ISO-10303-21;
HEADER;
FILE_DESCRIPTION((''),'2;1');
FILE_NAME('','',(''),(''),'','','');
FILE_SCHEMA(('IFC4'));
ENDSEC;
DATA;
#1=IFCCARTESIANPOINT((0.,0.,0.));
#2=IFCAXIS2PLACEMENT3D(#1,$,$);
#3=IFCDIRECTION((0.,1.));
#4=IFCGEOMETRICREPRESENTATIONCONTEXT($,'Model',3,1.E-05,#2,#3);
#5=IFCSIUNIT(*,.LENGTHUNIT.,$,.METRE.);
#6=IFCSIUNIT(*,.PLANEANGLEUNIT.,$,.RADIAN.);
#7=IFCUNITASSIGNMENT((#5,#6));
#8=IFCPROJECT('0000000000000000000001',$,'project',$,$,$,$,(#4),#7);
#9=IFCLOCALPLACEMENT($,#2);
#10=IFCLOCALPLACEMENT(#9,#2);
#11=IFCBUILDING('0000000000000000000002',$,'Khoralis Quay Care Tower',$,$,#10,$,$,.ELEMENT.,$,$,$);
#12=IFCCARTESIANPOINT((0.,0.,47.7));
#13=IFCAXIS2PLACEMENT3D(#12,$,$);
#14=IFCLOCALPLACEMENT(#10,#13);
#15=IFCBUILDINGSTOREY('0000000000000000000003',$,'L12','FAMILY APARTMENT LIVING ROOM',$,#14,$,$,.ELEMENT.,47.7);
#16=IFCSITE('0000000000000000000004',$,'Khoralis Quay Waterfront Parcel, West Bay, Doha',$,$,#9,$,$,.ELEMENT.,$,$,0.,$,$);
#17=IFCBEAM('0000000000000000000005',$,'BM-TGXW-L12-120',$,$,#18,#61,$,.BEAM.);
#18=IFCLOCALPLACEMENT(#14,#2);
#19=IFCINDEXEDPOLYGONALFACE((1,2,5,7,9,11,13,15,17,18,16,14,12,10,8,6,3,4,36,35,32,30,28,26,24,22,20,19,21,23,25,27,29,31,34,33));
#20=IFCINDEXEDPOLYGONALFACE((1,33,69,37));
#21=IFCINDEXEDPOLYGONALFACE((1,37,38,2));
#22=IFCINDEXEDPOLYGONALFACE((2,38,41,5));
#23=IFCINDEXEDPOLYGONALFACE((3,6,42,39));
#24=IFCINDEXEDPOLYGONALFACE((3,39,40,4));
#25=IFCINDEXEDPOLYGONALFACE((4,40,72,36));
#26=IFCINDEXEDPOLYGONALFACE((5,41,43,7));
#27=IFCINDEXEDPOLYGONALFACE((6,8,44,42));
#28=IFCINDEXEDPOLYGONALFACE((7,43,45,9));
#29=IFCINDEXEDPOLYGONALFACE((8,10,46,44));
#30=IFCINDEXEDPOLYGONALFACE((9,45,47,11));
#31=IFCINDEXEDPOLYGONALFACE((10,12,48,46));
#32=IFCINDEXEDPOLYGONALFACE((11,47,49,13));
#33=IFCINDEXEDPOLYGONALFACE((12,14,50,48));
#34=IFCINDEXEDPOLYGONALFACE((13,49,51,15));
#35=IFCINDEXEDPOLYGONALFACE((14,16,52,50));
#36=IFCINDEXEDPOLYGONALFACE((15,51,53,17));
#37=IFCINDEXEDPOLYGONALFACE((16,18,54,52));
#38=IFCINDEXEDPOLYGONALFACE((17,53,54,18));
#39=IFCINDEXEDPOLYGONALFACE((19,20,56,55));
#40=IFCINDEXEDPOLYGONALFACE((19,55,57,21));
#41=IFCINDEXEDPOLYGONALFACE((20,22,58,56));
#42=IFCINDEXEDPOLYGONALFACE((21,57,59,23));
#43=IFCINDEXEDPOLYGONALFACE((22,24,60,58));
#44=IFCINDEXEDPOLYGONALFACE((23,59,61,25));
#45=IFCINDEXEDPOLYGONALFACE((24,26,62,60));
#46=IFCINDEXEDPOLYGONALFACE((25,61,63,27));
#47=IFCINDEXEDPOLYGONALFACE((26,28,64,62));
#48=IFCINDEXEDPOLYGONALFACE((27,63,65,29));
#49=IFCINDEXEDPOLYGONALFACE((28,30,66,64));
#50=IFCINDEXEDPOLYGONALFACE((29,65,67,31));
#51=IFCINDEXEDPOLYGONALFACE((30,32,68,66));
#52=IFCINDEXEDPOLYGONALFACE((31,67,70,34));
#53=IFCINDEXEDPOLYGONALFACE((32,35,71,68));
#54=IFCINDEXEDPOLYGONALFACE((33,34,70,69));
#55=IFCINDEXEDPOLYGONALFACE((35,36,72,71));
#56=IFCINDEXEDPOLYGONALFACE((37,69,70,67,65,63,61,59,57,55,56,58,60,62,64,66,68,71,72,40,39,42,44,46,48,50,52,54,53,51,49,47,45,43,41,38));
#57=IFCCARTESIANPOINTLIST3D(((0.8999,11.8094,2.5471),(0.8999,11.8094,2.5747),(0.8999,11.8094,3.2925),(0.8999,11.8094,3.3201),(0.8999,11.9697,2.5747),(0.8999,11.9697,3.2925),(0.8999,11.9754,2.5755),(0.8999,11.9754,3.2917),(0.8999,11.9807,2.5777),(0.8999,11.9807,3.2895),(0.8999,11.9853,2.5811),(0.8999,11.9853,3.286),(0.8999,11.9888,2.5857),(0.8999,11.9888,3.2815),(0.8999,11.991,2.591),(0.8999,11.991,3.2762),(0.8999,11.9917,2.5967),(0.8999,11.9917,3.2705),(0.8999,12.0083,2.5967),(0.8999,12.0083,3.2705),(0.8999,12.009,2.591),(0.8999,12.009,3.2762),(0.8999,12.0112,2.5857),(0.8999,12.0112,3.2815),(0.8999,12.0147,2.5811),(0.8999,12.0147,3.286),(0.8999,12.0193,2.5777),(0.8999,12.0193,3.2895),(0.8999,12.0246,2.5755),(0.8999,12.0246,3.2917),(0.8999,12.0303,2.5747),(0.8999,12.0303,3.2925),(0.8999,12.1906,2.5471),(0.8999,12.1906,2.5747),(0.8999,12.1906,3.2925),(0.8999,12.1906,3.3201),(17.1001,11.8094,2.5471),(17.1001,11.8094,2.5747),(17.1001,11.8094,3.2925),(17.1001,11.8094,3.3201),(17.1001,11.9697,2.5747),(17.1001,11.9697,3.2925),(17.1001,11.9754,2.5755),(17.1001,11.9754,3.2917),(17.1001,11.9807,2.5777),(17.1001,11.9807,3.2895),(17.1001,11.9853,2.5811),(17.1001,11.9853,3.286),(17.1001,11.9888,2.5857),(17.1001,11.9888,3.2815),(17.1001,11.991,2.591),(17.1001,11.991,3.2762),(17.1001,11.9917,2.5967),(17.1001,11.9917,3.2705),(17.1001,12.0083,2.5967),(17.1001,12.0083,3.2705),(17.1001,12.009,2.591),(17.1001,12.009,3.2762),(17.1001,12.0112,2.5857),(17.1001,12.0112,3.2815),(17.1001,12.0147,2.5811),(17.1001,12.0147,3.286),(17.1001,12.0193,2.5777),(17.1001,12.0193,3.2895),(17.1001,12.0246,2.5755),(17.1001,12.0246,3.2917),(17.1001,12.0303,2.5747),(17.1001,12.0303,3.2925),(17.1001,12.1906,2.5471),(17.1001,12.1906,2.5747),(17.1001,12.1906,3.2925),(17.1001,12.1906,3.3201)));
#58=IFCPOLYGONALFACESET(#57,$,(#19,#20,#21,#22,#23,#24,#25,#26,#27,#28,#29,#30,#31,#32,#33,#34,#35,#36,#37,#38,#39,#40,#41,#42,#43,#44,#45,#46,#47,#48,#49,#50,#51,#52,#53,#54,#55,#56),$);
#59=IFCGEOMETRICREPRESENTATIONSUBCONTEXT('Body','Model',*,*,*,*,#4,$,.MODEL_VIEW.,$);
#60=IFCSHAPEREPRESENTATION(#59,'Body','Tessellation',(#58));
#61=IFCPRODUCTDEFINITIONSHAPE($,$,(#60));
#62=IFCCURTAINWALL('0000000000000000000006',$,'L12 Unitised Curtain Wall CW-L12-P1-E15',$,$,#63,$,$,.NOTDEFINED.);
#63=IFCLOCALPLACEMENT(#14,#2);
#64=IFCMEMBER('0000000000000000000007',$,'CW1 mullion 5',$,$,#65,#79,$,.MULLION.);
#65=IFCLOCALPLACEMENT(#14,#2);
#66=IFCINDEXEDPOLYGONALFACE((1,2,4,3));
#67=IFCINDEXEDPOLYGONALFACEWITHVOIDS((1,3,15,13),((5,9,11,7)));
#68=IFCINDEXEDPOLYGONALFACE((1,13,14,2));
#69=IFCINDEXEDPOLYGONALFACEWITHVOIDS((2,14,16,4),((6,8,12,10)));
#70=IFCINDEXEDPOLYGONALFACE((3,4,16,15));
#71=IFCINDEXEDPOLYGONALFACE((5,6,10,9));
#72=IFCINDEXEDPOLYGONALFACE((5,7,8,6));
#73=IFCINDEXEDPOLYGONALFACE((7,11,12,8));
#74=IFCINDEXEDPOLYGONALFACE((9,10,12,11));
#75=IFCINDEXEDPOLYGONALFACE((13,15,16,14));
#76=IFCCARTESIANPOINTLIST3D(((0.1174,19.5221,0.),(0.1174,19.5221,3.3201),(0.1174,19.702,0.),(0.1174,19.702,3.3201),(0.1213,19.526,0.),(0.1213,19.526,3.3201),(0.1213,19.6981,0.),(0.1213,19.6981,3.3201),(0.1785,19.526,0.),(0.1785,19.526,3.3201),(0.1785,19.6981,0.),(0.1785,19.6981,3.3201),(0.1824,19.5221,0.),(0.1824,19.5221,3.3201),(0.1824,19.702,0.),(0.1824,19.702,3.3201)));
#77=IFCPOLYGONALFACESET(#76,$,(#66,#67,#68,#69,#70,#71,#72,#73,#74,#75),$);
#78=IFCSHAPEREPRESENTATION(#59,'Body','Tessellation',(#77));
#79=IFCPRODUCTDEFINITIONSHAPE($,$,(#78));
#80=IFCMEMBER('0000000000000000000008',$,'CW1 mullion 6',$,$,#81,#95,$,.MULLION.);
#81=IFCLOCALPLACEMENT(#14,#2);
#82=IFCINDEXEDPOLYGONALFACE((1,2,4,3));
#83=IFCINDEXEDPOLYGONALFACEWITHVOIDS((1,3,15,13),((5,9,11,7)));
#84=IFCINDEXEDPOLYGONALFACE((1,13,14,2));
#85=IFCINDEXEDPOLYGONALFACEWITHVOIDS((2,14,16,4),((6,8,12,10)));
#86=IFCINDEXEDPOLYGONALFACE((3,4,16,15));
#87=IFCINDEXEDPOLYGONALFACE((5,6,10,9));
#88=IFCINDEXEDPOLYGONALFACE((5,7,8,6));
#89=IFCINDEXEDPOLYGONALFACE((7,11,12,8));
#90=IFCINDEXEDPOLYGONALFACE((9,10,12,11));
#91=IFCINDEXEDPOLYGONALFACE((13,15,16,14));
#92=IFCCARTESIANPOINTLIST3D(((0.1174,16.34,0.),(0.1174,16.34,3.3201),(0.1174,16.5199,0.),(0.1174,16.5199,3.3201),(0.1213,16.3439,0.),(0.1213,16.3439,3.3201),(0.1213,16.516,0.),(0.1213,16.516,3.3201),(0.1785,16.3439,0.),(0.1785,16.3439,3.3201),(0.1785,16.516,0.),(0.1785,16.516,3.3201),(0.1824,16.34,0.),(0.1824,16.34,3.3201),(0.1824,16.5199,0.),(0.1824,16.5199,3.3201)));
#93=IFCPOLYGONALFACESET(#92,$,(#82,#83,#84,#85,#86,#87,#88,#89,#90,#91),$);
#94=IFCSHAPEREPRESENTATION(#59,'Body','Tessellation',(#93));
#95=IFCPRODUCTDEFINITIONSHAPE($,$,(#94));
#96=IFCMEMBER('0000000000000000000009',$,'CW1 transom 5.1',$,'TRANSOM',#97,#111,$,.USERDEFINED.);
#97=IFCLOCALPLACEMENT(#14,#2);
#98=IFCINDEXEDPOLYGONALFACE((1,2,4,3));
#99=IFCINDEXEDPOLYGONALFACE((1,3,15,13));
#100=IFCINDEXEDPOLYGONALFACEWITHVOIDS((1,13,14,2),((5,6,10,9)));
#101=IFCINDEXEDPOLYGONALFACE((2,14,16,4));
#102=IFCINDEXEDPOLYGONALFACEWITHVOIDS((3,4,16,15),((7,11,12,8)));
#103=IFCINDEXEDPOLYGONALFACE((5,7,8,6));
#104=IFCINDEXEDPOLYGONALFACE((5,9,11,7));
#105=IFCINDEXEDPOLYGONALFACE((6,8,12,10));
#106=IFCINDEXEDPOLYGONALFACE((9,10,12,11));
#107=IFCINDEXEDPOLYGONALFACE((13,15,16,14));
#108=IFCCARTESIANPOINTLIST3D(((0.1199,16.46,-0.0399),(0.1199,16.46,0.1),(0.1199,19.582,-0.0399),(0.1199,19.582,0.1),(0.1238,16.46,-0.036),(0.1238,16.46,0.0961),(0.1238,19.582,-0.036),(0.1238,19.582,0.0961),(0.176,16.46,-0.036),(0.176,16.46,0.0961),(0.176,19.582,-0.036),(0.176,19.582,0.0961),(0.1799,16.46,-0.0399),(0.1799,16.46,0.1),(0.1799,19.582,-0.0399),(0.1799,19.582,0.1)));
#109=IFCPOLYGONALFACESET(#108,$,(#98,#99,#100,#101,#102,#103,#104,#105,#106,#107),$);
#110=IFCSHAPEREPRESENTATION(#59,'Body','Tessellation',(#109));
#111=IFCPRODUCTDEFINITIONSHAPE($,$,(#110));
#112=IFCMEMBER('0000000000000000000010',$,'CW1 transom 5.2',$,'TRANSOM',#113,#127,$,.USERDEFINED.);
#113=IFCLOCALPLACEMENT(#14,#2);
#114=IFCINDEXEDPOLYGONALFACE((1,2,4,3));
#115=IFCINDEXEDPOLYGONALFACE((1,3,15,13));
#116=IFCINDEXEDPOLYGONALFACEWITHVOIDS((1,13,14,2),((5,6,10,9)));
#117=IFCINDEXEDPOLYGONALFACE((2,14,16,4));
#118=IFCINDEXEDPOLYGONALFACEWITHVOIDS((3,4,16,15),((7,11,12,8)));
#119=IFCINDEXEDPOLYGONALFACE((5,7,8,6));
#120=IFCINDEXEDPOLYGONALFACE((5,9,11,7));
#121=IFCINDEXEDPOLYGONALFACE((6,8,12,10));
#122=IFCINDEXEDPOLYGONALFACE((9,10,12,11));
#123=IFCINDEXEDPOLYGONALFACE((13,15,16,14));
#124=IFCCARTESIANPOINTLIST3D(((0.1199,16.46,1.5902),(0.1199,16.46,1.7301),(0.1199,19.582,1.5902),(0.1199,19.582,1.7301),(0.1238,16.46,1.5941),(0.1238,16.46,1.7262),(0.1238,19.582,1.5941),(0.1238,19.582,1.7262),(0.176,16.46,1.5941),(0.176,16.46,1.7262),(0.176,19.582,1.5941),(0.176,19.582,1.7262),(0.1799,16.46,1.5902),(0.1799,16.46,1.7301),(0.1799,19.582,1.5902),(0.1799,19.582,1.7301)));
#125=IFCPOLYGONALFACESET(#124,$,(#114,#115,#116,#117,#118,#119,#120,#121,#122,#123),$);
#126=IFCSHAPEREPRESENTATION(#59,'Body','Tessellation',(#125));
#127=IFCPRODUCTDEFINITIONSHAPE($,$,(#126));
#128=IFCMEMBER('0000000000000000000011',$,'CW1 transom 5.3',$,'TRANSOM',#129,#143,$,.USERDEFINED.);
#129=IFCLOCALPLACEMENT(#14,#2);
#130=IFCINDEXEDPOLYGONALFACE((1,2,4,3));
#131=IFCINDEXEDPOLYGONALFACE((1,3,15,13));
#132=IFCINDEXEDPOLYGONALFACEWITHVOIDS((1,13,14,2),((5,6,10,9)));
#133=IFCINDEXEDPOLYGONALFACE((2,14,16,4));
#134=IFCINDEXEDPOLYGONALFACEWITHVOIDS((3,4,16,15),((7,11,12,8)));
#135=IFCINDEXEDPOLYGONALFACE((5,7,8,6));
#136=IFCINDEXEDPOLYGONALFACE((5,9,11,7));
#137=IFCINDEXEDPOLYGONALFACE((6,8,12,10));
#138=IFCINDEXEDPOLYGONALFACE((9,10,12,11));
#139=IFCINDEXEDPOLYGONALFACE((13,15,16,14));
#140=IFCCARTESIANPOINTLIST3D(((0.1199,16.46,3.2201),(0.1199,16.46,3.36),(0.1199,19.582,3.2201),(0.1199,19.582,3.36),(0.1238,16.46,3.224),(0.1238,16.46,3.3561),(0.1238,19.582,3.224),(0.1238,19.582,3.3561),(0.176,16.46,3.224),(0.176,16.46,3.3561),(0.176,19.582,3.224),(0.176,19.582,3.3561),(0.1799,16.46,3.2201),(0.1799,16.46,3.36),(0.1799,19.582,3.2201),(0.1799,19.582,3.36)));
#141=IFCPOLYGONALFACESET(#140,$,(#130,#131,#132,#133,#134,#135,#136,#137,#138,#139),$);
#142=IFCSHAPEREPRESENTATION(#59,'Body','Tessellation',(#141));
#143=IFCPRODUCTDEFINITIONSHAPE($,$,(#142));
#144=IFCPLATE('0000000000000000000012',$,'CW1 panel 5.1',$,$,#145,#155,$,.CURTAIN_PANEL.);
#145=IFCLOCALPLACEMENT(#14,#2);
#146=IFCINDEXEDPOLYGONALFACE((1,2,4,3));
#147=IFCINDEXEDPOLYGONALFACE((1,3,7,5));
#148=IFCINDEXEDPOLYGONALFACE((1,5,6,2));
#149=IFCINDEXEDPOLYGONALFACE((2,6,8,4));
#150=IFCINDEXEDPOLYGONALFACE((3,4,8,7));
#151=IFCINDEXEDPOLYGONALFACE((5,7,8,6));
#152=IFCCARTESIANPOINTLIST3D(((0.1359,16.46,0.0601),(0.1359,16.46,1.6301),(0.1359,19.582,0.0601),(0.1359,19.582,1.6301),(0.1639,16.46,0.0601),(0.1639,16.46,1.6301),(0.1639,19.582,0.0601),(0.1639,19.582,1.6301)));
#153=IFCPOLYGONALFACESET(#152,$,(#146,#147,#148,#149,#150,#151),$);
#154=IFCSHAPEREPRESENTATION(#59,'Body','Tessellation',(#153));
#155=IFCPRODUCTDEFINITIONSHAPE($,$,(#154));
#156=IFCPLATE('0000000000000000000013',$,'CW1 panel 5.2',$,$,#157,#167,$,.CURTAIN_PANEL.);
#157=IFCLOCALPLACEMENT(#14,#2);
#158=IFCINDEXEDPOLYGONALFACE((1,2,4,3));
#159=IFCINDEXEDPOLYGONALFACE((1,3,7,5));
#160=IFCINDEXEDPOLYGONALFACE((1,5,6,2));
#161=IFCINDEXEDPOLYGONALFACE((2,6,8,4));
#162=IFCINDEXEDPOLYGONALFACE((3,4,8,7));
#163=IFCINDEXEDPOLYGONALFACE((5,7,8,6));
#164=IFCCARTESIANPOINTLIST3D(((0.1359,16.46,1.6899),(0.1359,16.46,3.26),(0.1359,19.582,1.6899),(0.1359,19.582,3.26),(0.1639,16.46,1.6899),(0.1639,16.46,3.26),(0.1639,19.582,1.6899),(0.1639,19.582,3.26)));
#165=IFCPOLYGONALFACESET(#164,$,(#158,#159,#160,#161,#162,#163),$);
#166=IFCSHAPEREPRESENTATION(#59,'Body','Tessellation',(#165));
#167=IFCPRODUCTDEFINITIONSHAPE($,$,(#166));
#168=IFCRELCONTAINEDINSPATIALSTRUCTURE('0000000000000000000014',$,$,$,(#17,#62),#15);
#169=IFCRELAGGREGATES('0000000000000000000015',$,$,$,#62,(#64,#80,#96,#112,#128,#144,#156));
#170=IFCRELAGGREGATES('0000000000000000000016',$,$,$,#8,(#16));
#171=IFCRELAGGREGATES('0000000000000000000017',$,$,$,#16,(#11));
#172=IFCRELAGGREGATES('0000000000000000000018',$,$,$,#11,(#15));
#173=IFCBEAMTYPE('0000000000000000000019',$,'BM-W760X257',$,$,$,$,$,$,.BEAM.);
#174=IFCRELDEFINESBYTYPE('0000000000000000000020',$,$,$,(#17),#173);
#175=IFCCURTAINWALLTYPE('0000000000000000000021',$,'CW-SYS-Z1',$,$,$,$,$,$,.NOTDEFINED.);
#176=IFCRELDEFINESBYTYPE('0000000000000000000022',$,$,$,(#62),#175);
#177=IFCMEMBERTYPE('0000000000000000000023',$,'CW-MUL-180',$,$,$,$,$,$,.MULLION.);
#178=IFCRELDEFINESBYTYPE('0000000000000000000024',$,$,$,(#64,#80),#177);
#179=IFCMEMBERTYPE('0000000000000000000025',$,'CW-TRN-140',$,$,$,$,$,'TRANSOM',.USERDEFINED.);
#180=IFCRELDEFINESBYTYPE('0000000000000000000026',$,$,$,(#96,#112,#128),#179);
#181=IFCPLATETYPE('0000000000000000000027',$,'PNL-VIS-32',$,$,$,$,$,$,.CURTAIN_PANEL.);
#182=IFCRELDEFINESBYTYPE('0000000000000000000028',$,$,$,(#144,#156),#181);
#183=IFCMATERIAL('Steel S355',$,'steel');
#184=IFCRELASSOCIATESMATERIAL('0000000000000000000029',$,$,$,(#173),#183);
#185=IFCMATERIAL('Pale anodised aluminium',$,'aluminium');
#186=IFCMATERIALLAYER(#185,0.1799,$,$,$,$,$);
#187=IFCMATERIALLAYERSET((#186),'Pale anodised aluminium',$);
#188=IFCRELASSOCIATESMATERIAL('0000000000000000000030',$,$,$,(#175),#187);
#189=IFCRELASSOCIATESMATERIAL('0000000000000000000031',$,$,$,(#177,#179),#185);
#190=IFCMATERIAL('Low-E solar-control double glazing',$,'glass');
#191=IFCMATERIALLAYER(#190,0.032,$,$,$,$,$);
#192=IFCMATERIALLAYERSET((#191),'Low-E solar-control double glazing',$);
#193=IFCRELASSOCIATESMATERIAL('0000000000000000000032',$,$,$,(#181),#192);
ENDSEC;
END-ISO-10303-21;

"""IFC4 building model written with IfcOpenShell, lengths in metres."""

from ifc_helpers import new_model, si_unit, direction, frame, origin, origin_2d, place, context, subcontext, project, spatial, rectangle, hollow_rectangle, i_section, extrude, source, transform, mapped, material, layer, layer_set, material_profile, profile_set, type_object, element, aggregate, save


model = new_model("IFC4")

# Units and contexts
model_context = context("Model", 3, precision=1e-05, world=origin(), true_north=direction((0.0, 1.0)))
body_context = subcontext(model_context, "Body", "Model", "MODEL_VIEW")
ifc_project = project(units=[si_unit("LENGTHUNIT", "METRE"), si_unit("PLANEANGLEUNIT", "RADIAN")], contexts=[model_context])

# Site, building, storey
site_placement = place(None, origin())
site = spatial("IfcSite", under=ifc_project, at=site_placement, Name="Khoralis Quay Waterfront Parcel, West Bay, Doha", CompositionType="ELEMENT", RefElevation=0.0)
building_placement = place(site_placement, origin())
building = spatial("IfcBuilding", under=site, at=building_placement, Name="Khoralis Quay Care Tower", CompositionType="ELEMENT")
storey_placement = place(building_placement, frame((0.0, 0.0, 47.7)))
storey = spatial("IfcBuildingStorey", under=building, at=storey_placement, Name="L12", Description="FAMILY APARTMENT LIVING ROOM", CompositionType="ELEMENT", Elevation=47.7)

# Beam
ifc_material_1 = material(Name="Steel S355", Category="steel")
ifc_material_profile_1 = material_profile(ifc_material_1, i_section(OverallWidth=0.3811, OverallDepth=0.7729, WebThickness=0.0166, FlangeThickness=0.0276, FilletRadius=0.022, at=origin_2d()), Name="Steel S355")
ifc_profile_set_1 = profile_set([ifc_material_profile_1], Name="Steel S355")
beam_type_1 = type_object("IfcBeamType", Name="BM-W760X257", PredefinedType="BEAM", material=ifc_profile_set_1)
shared_shape_1 = source(origin(), body_context, "Body", "SweptSolid", [
    extrude(i_section(OverallWidth=0.3811, OverallDepth=0.7729, WebThickness=0.0166, FlangeThickness=0.0276, FilletRadius=0.022, at=origin_2d()), origin(), (0.0, 0.0, 1.0), 16.2002),
])
beam_1_placement = place(storey_placement, frame((0.8999, 12.0, 2.9336), z_axis=(1.0, 0.0, 0.0), x_axis=(0.0, 1.0, 0.0)))
element("IfcBeam", 1, at=beam_1_placement, inside=storey, type_object=beam_type_1, Name="BM-TGXW-L12-120", PredefinedType="BEAM", context=body_context, shape_type="MappedRepresentation", body=[
    mapped(shared_shape_1, transform((0.0, 0.0, 0.0), scale=1.0)),
])

# Curtain wall, members, plates
ifc_material_2 = material(Name="Pale anodised aluminium", Category="aluminium")
ifc_layer_1 = layer(ifc_material_2, 0.1799)
ifc_layer_set_1 = layer_set([ifc_layer_1], Name="Pale anodised aluminium")
curtain_wall_type = type_object("IfcCurtainWallType", Name="CW-SYS-Z1", PredefinedType="NOTDEFINED", material=ifc_layer_set_1)
curtain_wall_placement = place(storey_placement, origin())
curtain_wall = element("IfcCurtainWall", 2, at=curtain_wall_placement, inside=storey, type_object=curtain_wall_type, Name="L12 Unitised Curtain Wall CW-L12-P1-E15", PredefinedType="NOTDEFINED")
ifc_material_profile_2 = material_profile(ifc_material_2, hollow_rectangle(XDim=0.0649, YDim=0.1799, WallThickness=0.0039, at=origin_2d()), Name="Pale anodised aluminium")
ifc_profile_set_2 = profile_set([ifc_material_profile_2], Name="Pale anodised aluminium")
member_type_1 = type_object("IfcMemberType", Name="CW-MUL-180", PredefinedType="MULLION", material=ifc_profile_set_2)
shared_shape_2 = source(origin(), body_context, "Body", "SweptSolid", [
    extrude(hollow_rectangle(XDim=0.0649, YDim=0.1799, WallThickness=0.0039, at=origin_2d()), origin(), (0.0, 0.0, 1.0), 3.3201),
])
member_1_placement = place(storey_placement, frame((0.1499, 19.6121, 0.0), z_axis=(0.0, 0.0, 1.0), x_axis=(1.0, 0.0, 0.0)))
member_1 = element("IfcMember", 3, at=member_1_placement, type_object=member_type_1, Name="CW1 mullion 5", PredefinedType="MULLION", context=body_context, shape_type="MappedRepresentation", body=[
    mapped(shared_shape_2, transform((0.0, 0.0, 0.0), scale=1.0)),
])
member_2_placement = place(storey_placement, frame((0.1499, 16.4299, 0.0), z_axis=(0.0, 0.0, 1.0), x_axis=(1.0, 0.0, 0.0)))
member_2 = element("IfcMember", 4, at=member_2_placement, type_object=member_type_1, Name="CW1 mullion 6", PredefinedType="MULLION", context=body_context, shape_type="MappedRepresentation", body=[
    mapped(shared_shape_2, transform((0.0, 0.0, 0.0), scale=1.0)),
])
ifc_material_profile_3 = material_profile(ifc_material_2, hollow_rectangle(XDim=0.0601, YDim=0.1399, WallThickness=0.0039, at=origin_2d()), Name="Pale anodised aluminium")
ifc_profile_set_3 = profile_set([ifc_material_profile_3], Name="Pale anodised aluminium")
member_type_2 = type_object("IfcMemberType", Name="CW-TRN-140", ElementType="TRANSOM", PredefinedType="USERDEFINED", material=ifc_profile_set_3)
shared_shape_3 = source(origin(), body_context, "Body", "SweptSolid", [
    extrude(hollow_rectangle(XDim=0.0601, YDim=0.1399, WallThickness=0.0039, at=origin_2d()), origin(), (0.0, 0.0, 1.0), 3.1221),
])
member_3_placement = place(storey_placement, frame((0.1499, 19.582, 0.03), z_axis=(0.0, -1.0, 0.0), x_axis=(1.0, 0.0, 0.0)))
member_3 = element("IfcMember", 5, at=member_3_placement, type_object=member_type_2, Name="CW1 transom 5.1", ObjectType="TRANSOM", PredefinedType="USERDEFINED", context=body_context, shape_type="MappedRepresentation", body=[
    mapped(shared_shape_3, transform((0.0, 0.0, 0.0), scale=1.0)),
])
member_4_placement = place(storey_placement, frame((0.1499, 19.582, 1.6602), z_axis=(0.0, -1.0, 0.0), x_axis=(1.0, 0.0, 0.0)))
member_4 = element("IfcMember", 6, at=member_4_placement, type_object=member_type_2, Name="CW1 transom 5.2", ObjectType="TRANSOM", PredefinedType="USERDEFINED", context=body_context, shape_type="MappedRepresentation", body=[
    mapped(shared_shape_3, transform((0.0, 0.0, 0.0), scale=1.0)),
])
member_5_placement = place(storey_placement, frame((0.1499, 19.582, 3.29), z_axis=(0.0, -1.0, 0.0), x_axis=(1.0, 0.0, 0.0)))
member_5 = element("IfcMember", 7, at=member_5_placement, type_object=member_type_2, Name="CW1 transom 5.3", ObjectType="TRANSOM", PredefinedType="USERDEFINED", context=body_context, shape_type="MappedRepresentation", body=[
    mapped(shared_shape_3, transform((0.0, 0.0, 0.0), scale=1.0)),
])
ifc_material_3 = material(Name="Low-E solar-control double glazing", Category="glass")
ifc_layer_2 = layer(ifc_material_3, 0.032)
ifc_layer_set_2 = layer_set([ifc_layer_2], Name="Low-E solar-control double glazing")
plate_type = type_object("IfcPlateType", Name="PNL-VIS-32", PredefinedType="CURTAIN_PANEL", material=ifc_layer_set_2)
shared_shape_4 = source(origin(), body_context, "Body", "SweptSolid", [
    extrude(rectangle(XDim=3.1221, YDim=0.0281, at=origin_2d()), origin(), (0.0, 0.0, 1.0), 1.5701),
])
plate_1_placement = place(storey_placement, frame((0.1499, 18.021, 0.0601), z_axis=(0.0, 0.0, 1.0), x_axis=(0.0, -1.0, 0.0)))
plate_1 = element("IfcPlate", 8, at=plate_1_placement, type_object=plate_type, Name="CW1 panel 5.1", PredefinedType="CURTAIN_PANEL", context=body_context, shape_type="MappedRepresentation", body=[
    mapped(shared_shape_4, transform((0.0, 0.0, 0.0), scale=1.0)),
])
plate_2_placement = place(storey_placement, frame((0.1499, 18.021, 1.6899), z_axis=(0.0, 0.0, 1.0), x_axis=(0.0, -1.0, 0.0)))
plate_2 = element("IfcPlate", 9, at=plate_2_placement, type_object=plate_type, Name="CW1 panel 5.2", PredefinedType="CURTAIN_PANEL", context=body_context, shape_type="MappedRepresentation", body=[
    mapped(shared_shape_4, transform((0.0, 0.0, 0.0), scale=1.0)),
])
aggregate(curtain_wall, [member_1, member_2, member_3, member_4, member_5, plate_1, plate_2])

save(model, "model.ifc")
